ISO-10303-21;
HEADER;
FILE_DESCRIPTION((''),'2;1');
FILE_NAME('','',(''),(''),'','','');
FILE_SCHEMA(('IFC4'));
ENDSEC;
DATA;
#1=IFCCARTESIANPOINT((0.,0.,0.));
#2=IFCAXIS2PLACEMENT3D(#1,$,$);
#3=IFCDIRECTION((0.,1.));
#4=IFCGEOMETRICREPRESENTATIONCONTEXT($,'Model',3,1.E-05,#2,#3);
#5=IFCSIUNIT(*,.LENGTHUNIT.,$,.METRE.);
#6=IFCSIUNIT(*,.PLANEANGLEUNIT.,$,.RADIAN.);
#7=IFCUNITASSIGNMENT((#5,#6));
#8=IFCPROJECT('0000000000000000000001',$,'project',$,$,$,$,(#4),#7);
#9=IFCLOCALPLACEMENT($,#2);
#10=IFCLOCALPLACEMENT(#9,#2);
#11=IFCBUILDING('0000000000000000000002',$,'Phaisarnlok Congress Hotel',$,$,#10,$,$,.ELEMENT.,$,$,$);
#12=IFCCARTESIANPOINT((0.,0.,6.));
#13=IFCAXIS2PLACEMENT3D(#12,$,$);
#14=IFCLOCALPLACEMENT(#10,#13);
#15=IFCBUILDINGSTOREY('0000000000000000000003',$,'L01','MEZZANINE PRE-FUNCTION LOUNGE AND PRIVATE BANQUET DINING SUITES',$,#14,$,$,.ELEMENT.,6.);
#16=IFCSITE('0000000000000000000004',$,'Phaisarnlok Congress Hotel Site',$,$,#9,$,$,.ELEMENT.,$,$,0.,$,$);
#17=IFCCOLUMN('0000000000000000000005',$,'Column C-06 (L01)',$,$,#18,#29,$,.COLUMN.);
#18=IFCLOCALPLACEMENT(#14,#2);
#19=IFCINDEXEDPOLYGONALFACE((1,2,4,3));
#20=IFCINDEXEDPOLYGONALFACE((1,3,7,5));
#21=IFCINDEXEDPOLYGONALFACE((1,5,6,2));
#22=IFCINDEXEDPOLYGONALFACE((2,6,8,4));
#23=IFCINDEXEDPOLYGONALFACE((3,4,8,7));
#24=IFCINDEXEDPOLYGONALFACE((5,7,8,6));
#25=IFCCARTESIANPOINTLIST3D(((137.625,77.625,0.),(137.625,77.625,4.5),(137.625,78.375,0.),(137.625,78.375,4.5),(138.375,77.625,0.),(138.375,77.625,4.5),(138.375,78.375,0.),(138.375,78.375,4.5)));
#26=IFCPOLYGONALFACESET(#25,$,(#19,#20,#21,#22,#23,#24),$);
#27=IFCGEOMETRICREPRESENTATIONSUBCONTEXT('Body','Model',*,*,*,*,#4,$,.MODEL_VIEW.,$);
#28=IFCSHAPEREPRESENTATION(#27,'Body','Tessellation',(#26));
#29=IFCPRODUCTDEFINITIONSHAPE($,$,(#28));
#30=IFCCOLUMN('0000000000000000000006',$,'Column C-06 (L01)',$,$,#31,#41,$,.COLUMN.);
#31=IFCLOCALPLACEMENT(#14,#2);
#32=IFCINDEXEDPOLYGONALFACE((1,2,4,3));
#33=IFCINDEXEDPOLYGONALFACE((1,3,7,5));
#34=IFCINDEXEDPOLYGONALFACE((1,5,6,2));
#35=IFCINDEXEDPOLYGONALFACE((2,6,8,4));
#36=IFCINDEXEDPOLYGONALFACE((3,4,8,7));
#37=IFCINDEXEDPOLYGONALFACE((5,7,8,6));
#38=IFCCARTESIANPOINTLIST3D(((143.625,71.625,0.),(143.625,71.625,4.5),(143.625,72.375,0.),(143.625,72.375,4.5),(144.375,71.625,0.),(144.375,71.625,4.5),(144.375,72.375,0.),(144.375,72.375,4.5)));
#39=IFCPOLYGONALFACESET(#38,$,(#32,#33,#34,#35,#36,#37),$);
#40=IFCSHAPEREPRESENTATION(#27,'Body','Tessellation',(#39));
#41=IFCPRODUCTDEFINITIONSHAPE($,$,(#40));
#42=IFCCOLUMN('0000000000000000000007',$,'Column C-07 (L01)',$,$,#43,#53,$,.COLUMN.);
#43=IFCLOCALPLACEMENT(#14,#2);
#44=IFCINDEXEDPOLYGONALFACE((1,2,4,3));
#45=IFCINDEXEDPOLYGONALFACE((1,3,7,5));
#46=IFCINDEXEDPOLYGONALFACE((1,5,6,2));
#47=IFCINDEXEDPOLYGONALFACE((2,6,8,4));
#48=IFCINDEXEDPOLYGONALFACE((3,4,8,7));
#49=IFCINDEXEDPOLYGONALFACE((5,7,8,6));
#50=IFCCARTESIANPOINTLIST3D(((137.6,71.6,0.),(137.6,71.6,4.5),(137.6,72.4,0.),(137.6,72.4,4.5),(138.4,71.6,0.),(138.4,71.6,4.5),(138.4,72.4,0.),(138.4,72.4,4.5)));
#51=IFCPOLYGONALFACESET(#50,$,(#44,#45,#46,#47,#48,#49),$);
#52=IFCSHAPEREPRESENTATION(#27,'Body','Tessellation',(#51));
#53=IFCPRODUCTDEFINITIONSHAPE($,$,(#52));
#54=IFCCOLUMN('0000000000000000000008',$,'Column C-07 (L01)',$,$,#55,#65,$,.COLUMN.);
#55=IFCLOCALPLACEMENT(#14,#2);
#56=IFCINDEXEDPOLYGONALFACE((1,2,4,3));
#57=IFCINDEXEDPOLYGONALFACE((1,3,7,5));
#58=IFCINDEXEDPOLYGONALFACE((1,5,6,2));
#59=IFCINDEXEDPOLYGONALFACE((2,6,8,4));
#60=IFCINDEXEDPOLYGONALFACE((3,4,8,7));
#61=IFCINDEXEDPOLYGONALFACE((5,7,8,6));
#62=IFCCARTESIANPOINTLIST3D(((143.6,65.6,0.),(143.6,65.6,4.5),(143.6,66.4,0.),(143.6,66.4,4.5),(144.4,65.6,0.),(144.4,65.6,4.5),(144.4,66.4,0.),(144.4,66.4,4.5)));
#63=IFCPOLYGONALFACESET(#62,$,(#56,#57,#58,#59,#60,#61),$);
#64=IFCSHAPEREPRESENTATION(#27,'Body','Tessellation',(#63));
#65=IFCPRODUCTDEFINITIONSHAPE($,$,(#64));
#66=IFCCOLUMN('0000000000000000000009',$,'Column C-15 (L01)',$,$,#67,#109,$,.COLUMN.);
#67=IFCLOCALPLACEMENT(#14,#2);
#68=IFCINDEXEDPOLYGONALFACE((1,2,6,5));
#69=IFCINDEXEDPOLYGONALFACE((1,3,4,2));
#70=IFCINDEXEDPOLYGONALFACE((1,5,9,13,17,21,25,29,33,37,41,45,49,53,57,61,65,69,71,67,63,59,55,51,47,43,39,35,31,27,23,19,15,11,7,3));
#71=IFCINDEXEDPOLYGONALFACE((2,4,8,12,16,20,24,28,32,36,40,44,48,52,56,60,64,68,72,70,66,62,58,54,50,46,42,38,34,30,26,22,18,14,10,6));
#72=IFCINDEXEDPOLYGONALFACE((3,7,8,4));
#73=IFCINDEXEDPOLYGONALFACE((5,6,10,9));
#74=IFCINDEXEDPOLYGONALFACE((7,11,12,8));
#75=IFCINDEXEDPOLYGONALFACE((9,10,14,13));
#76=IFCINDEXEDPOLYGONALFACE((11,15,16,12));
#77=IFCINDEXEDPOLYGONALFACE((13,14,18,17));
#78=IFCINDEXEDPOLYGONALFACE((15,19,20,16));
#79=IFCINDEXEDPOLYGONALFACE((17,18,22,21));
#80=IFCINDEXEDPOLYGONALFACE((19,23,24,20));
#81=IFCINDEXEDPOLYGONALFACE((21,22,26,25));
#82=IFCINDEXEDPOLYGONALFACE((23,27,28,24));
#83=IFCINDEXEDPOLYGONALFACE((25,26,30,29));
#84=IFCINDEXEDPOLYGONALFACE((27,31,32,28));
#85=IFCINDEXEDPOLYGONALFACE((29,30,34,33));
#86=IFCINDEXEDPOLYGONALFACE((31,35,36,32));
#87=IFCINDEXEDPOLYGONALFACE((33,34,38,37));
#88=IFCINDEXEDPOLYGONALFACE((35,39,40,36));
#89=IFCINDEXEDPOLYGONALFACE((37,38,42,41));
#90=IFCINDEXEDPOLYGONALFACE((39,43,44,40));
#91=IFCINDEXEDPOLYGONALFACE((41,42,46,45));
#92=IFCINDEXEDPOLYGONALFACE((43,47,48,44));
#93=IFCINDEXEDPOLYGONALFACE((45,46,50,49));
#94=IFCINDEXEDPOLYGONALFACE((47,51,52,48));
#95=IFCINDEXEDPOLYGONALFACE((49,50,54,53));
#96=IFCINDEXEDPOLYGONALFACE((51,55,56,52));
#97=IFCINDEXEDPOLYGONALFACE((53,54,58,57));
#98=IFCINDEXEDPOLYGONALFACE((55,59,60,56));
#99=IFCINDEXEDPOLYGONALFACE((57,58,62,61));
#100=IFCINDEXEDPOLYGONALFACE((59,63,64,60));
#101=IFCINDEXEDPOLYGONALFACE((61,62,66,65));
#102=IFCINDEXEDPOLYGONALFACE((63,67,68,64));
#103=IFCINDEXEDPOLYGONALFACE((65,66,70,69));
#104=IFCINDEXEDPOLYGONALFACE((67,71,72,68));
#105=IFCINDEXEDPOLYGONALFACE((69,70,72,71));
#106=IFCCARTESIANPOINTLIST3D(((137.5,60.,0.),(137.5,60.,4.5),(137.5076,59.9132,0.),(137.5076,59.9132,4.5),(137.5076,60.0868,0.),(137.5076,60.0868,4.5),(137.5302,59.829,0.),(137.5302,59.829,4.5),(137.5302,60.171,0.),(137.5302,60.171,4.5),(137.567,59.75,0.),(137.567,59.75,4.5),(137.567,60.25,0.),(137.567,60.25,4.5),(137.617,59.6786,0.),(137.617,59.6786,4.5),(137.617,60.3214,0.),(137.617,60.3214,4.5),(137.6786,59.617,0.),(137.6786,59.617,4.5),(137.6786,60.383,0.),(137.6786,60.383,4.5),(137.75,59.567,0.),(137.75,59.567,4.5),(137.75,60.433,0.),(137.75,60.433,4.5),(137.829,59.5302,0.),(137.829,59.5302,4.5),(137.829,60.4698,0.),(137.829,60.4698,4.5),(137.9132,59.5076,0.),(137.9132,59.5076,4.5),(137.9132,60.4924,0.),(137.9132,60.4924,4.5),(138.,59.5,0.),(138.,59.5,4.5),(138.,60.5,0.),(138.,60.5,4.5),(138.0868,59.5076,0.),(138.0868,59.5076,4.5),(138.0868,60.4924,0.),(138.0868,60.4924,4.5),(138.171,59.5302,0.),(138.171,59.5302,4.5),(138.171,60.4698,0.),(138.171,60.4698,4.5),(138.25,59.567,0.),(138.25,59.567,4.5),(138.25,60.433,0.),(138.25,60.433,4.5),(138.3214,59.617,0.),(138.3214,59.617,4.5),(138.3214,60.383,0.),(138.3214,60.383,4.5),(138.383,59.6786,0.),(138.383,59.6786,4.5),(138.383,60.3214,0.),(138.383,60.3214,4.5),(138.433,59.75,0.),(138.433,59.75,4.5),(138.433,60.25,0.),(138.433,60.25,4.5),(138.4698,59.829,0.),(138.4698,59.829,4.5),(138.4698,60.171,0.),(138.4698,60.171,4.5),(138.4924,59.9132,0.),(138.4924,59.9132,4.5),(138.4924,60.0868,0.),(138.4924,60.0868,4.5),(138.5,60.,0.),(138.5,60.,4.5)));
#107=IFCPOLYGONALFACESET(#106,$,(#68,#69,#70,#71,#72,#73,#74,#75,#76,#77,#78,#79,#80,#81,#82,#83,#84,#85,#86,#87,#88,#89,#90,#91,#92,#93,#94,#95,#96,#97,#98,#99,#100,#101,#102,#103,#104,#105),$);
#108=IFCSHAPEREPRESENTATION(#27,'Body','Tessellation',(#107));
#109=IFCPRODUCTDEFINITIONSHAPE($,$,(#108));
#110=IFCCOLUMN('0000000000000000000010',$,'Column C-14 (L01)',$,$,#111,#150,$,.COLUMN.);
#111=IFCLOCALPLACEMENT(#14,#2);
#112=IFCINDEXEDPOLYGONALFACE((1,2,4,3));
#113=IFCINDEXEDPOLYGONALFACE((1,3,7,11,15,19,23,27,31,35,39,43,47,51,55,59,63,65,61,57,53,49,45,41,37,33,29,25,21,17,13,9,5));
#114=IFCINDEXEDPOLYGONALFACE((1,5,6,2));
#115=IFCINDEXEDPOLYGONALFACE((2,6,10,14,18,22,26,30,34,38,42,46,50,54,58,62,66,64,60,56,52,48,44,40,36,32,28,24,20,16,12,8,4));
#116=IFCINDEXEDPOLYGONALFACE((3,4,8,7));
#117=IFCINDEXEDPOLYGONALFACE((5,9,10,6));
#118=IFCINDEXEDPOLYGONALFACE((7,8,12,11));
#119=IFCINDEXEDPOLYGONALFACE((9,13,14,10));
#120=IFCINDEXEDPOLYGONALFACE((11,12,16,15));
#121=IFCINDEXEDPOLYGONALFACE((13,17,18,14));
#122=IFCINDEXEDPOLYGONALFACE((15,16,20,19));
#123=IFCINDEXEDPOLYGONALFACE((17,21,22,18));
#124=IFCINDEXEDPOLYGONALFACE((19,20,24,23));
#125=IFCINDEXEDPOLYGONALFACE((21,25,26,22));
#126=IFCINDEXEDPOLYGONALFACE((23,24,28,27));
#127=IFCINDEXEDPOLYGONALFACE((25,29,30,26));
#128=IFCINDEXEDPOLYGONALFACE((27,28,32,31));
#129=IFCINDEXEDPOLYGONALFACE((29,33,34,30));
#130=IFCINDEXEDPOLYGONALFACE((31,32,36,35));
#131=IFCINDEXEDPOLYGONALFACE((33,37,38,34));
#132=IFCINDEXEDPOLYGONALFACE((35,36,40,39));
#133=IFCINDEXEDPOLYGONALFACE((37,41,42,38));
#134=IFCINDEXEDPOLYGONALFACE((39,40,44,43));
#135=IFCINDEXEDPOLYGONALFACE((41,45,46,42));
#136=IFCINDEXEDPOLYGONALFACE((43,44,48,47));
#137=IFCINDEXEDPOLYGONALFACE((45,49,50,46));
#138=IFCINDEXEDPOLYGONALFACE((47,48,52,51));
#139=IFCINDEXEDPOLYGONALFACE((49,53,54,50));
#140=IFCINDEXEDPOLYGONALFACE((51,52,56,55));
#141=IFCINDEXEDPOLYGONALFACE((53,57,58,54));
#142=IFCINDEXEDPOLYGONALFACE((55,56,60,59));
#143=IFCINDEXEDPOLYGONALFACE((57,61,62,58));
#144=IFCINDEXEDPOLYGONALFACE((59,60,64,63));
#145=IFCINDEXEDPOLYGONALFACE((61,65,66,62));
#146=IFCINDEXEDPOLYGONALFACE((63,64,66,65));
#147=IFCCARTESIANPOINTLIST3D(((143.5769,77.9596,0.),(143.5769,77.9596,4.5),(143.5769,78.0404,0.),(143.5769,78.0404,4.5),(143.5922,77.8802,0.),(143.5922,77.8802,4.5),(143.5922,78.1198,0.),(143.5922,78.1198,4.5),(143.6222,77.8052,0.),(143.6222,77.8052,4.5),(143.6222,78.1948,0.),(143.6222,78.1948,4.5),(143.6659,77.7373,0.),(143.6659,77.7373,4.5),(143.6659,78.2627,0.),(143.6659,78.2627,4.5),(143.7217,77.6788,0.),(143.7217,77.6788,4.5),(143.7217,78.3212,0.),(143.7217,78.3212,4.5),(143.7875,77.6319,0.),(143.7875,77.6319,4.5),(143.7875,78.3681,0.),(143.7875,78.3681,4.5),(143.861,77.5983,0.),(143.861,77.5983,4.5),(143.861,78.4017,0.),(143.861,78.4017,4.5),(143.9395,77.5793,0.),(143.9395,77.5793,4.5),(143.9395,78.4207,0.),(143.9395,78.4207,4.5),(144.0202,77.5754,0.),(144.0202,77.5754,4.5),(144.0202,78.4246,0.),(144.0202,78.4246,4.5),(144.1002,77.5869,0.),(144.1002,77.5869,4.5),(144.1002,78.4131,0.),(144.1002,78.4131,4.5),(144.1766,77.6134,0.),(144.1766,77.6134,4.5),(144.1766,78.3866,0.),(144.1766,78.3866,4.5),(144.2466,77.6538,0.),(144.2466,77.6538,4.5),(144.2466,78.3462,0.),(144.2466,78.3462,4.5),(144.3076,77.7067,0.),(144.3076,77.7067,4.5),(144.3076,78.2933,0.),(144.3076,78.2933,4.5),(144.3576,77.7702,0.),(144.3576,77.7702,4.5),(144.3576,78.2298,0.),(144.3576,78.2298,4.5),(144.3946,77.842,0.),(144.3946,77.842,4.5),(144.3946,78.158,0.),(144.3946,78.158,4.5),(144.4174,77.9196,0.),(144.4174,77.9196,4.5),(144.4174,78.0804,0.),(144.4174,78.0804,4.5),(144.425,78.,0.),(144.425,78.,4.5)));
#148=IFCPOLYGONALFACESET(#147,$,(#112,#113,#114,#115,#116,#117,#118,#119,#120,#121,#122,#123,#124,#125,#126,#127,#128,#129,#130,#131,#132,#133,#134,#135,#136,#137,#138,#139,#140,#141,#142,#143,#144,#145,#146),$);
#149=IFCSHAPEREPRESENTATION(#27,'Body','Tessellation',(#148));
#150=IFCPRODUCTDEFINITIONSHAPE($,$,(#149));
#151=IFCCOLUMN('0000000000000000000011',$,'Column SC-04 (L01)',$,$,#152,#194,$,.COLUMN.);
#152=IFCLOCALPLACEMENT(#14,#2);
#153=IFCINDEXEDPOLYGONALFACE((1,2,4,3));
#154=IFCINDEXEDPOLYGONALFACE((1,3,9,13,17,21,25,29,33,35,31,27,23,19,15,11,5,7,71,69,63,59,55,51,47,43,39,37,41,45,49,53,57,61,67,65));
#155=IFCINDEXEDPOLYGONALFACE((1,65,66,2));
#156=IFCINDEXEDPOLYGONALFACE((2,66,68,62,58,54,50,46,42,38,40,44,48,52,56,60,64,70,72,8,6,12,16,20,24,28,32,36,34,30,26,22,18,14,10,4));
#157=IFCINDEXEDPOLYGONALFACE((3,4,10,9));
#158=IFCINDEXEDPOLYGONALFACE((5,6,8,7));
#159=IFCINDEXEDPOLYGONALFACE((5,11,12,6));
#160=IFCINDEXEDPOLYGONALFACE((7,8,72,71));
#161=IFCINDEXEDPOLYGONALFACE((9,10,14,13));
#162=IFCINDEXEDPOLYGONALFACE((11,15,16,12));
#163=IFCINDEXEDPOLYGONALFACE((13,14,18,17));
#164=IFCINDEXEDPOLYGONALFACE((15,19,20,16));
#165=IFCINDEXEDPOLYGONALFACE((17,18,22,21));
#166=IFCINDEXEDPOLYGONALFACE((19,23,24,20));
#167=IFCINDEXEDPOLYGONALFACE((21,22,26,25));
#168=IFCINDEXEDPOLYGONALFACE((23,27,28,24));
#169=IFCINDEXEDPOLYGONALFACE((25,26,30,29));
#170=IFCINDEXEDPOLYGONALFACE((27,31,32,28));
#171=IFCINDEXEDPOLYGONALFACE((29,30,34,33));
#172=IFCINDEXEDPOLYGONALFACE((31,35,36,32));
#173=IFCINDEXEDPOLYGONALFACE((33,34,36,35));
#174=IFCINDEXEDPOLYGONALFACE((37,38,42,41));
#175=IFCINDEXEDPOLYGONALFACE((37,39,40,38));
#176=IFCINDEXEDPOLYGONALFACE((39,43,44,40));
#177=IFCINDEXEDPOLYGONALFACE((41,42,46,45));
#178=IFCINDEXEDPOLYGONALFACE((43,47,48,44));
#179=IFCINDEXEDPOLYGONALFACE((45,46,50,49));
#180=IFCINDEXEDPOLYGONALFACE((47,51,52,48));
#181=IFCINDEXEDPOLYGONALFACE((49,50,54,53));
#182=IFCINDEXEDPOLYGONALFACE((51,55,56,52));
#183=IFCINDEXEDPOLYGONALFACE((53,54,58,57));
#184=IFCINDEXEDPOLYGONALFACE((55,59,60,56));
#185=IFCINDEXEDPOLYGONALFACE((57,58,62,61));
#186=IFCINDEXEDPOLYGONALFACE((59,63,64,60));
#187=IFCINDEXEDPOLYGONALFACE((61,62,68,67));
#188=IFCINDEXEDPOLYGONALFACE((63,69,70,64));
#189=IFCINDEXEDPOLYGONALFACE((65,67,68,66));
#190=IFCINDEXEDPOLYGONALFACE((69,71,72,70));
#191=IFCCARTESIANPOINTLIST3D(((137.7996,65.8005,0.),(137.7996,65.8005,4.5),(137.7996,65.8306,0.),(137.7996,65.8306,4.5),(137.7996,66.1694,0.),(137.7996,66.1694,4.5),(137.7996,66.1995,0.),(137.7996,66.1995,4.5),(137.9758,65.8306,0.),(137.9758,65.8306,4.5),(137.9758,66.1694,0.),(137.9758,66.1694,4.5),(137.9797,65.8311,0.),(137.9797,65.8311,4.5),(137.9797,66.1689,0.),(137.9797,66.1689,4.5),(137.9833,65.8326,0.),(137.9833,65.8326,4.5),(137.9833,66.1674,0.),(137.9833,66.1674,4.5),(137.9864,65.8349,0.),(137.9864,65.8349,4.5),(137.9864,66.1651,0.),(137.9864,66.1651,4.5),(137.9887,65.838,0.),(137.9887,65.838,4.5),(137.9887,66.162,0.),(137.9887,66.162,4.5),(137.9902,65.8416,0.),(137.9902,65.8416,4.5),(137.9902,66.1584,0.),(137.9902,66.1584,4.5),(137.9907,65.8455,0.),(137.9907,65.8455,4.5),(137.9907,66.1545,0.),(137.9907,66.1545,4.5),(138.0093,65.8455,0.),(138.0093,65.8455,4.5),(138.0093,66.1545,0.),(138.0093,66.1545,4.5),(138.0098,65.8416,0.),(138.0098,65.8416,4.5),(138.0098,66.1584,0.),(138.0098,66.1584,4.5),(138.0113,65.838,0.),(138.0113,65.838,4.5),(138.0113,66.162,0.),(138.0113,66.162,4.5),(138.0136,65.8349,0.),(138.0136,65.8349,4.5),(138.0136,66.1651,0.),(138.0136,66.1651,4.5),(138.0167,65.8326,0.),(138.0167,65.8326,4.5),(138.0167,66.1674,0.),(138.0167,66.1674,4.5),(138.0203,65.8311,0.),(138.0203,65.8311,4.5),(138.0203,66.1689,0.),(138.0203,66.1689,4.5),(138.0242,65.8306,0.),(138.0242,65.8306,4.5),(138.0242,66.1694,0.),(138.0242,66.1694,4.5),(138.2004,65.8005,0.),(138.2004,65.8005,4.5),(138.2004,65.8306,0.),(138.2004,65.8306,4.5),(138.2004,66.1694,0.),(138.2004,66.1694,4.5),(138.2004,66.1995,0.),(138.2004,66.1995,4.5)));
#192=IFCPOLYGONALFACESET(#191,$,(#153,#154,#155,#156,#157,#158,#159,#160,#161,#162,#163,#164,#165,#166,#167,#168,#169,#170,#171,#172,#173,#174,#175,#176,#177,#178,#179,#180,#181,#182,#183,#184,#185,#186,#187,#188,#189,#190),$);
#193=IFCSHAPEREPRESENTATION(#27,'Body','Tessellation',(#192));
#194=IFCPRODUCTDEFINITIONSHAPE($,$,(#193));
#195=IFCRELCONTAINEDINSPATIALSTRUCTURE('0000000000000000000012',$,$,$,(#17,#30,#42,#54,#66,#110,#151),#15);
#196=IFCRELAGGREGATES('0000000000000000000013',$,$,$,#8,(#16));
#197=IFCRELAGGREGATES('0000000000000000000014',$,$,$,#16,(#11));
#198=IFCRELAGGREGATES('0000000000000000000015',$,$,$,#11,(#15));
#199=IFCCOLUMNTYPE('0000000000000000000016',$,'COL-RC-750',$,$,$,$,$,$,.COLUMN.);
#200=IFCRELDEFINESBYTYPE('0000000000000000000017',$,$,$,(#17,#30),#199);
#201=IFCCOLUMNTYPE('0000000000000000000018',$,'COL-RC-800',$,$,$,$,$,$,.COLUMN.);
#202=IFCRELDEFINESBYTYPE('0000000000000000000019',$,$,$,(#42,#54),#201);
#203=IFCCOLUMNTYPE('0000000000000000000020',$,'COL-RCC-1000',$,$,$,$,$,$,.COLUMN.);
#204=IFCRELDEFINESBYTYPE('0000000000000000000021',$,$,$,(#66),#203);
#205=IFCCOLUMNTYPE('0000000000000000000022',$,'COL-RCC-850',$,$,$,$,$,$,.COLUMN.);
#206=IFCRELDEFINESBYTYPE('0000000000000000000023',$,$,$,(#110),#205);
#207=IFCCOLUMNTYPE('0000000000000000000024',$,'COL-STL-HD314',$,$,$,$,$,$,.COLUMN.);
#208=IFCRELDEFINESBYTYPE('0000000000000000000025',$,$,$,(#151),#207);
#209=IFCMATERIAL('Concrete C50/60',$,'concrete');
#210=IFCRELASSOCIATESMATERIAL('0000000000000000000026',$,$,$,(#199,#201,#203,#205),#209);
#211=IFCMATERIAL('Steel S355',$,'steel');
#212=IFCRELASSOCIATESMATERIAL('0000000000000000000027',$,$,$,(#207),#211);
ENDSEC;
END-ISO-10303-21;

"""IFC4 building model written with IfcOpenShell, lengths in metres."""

from ifc_helpers import new_model, si_unit, direction, frame, origin, origin_2d, place, context, subcontext, project, spatial, rectangle, circle, i_section, extrude, material, material_profile, profile_set, type_object, element, save


model = new_model("IFC4")

# Units and contexts
model_context = context("Model", 3, precision=1e-05, world=origin(), true_north=direction((0.0, 1.0)))
body_context = subcontext(model_context, "Body", "Model", "MODEL_VIEW")
ifc_project = project(units=[si_unit("LENGTHUNIT", "METRE"), si_unit("PLANEANGLEUNIT", "RADIAN")], contexts=[model_context])

# Site, building, storey
site_placement = place(None, origin())
site = spatial("IfcSite", under=ifc_project, at=site_placement, Name="Phaisarnlok Congress Hotel Site", CompositionType="ELEMENT", RefElevation=0.0)
building_placement = place(site_placement, origin())
building = spatial("IfcBuilding", under=site, at=building_placement, Name="Phaisarnlok Congress Hotel", CompositionType="ELEMENT")
storey_placement = place(building_placement, frame((0.0, 0.0, 6.0)))
storey = spatial("IfcBuildingStorey", under=building, at=storey_placement, Name="L01", Description="MEZZANINE PRE-FUNCTION LOUNGE AND PRIVATE BANQUET DINING SUITES", CompositionType="ELEMENT", Elevation=6.0)

# Columns
ifc_material_1 = material(Name="Concrete C50/60", Category="concrete")
ifc_material_profile_1 = material_profile(ifc_material_1, rectangle(XDim=0.75, YDim=0.75, at=origin_2d()), Name="RC 750x750")
ifc_profile_set_1 = profile_set([ifc_material_profile_1], Name="Concrete C50/60")
column_type_1 = type_object("IfcColumnType", Name="COL-RC-750", PredefinedType="COLUMN", material=ifc_profile_set_1)
for number, where, z_axis, x_axis, name in (
    (1, (138.0, 78.0, 0.0), (0.0, 0.0, 1.0), (1.0, 0.0, 0.0), "Column C-06 (L01)"),
    (2, (144.0, 72.0, 0.0), (0.0, 0.0, 1.0), (1.0, 0.0, 0.0), "Column C-06 (L01)"),
):
    element("IfcColumn", number, at=place(storey_placement, frame(where, z_axis=z_axis, x_axis=x_axis)), inside=storey, type_object=column_type_1, Name=name, PredefinedType="COLUMN", context=body_context, shape_type="SweptSolid", body=[
        extrude(rectangle(XDim=0.75, YDim=0.75, at=origin_2d()), origin(), (0.0, 0.0, 1.0), 4.5),
    ])
ifc_material_profile_2 = material_profile(ifc_material_1, rectangle(XDim=0.8, YDim=0.8, at=origin_2d()), Name="RC 800x800")
ifc_profile_set_2 = profile_set([ifc_material_profile_2], Name="Concrete C50/60")
column_type_2 = type_object("IfcColumnType", Name="COL-RC-800", PredefinedType="COLUMN", material=ifc_profile_set_2)
for number, where, z_axis, x_axis, name in (
    (3, (138.0, 72.0, 0.0), (0.0, 0.0, 1.0), (1.0, 0.0, 0.0), "Column C-07 (L01)"),
    (4, (144.0, 66.0, 0.0), (0.0, 0.0, 1.0), (1.0, 0.0, 0.0), "Column C-07 (L01)"),
):
    element("IfcColumn", number, at=place(storey_placement, frame(where, z_axis=z_axis, x_axis=x_axis)), inside=storey, type_object=column_type_2, Name=name, PredefinedType="COLUMN", context=body_context, shape_type="SweptSolid", body=[
        extrude(rectangle(XDim=0.8, YDim=0.8, at=origin_2d()), origin(), (0.0, 0.0, 1.0), 4.5),
    ])
ifc_material_profile_3 = material_profile(ifc_material_1, circle(Radius=0.5, at=origin_2d()), Name="RCC D1000")
ifc_profile_set_3 = profile_set([ifc_material_profile_3], Name="Concrete C50/60")
column_type_3 = type_object("IfcColumnType", Name="COL-RCC-1000", PredefinedType="COLUMN", material=ifc_profile_set_3)
column_1_placement = place(storey_placement, frame((138.0, 60.0, 0.0), z_axis=(0.0, 0.0, 1.0), x_axis=(1.0, 0.0, 0.0)))
element("IfcColumn", 5, at=column_1_placement, inside=storey, type_object=column_type_3, Name="Column C-15 (L01)", PredefinedType="COLUMN", context=body_context, shape_type="SweptSolid", body=[
    extrude(circle(Radius=0.5, at=origin_2d()), origin(), (0.0, 0.0, 1.0), 4.5),
])
ifc_material_profile_4 = material_profile(ifc_material_1, circle(Radius=0.425, at=origin_2d()), Name="RCC D850")
ifc_profile_set_4 = profile_set([ifc_material_profile_4], Name="Concrete C50/60")
column_type_4 = type_object("IfcColumnType", Name="COL-RCC-850", PredefinedType="COLUMN", material=ifc_profile_set_4)
column_2_placement = place(storey_placement, frame((144.0, 78.0, 0.0), z_axis=(0.0, 0.0, 1.0), x_axis=(1.0, 0.0, 0.0)))
element("IfcColumn", 6, at=column_2_placement, inside=storey, type_object=column_type_4, Name="Column C-14 (L01)", PredefinedType="COLUMN", context=body_context, shape_type="SweptSolid", body=[
    extrude(circle(Radius=0.425, at=origin_2d()), origin(), (0.0, 0.0, 1.0), 4.5),
])
ifc_material_2 = material(Name="Steel S355", Category="steel")
ifc_material_profile_5 = material_profile(ifc_material_2, i_section(OverallWidth=0.4009, OverallDepth=0.3989, WebThickness=0.0186, FlangeThickness=0.03, FilletRadius=0.0149, at=origin_2d()), Name="HD 400x314")
ifc_profile_set_5 = profile_set([ifc_material_profile_5], Name="Steel S355")
column_type_5 = type_object("IfcColumnType", Name="COL-STL-HD314", PredefinedType="COLUMN", material=ifc_profile_set_5)
for number, where, z_axis, x_axis, name in (
    (7, (138.0, 66.0, 0.0), (0.0, 0.0, 1.0), (1.0, 0.0, 0.0), "Column SC-04 (L01)"),
):
    element("IfcColumn", number, at=place(storey_placement, frame(where, z_axis=z_axis, x_axis=x_axis)), inside=storey, type_object=column_type_5, Name=name, PredefinedType="COLUMN", context=body_context, shape_type="SweptSolid", body=[
        extrude(i_section(OverallWidth=0.4009, OverallDepth=0.3989, WebThickness=0.0186, FlangeThickness=0.03, FilletRadius=0.0149, at=origin_2d()), origin(), (0.0, 0.0, 1.0), 4.5),
    ])

save(model, "model.ifc")
